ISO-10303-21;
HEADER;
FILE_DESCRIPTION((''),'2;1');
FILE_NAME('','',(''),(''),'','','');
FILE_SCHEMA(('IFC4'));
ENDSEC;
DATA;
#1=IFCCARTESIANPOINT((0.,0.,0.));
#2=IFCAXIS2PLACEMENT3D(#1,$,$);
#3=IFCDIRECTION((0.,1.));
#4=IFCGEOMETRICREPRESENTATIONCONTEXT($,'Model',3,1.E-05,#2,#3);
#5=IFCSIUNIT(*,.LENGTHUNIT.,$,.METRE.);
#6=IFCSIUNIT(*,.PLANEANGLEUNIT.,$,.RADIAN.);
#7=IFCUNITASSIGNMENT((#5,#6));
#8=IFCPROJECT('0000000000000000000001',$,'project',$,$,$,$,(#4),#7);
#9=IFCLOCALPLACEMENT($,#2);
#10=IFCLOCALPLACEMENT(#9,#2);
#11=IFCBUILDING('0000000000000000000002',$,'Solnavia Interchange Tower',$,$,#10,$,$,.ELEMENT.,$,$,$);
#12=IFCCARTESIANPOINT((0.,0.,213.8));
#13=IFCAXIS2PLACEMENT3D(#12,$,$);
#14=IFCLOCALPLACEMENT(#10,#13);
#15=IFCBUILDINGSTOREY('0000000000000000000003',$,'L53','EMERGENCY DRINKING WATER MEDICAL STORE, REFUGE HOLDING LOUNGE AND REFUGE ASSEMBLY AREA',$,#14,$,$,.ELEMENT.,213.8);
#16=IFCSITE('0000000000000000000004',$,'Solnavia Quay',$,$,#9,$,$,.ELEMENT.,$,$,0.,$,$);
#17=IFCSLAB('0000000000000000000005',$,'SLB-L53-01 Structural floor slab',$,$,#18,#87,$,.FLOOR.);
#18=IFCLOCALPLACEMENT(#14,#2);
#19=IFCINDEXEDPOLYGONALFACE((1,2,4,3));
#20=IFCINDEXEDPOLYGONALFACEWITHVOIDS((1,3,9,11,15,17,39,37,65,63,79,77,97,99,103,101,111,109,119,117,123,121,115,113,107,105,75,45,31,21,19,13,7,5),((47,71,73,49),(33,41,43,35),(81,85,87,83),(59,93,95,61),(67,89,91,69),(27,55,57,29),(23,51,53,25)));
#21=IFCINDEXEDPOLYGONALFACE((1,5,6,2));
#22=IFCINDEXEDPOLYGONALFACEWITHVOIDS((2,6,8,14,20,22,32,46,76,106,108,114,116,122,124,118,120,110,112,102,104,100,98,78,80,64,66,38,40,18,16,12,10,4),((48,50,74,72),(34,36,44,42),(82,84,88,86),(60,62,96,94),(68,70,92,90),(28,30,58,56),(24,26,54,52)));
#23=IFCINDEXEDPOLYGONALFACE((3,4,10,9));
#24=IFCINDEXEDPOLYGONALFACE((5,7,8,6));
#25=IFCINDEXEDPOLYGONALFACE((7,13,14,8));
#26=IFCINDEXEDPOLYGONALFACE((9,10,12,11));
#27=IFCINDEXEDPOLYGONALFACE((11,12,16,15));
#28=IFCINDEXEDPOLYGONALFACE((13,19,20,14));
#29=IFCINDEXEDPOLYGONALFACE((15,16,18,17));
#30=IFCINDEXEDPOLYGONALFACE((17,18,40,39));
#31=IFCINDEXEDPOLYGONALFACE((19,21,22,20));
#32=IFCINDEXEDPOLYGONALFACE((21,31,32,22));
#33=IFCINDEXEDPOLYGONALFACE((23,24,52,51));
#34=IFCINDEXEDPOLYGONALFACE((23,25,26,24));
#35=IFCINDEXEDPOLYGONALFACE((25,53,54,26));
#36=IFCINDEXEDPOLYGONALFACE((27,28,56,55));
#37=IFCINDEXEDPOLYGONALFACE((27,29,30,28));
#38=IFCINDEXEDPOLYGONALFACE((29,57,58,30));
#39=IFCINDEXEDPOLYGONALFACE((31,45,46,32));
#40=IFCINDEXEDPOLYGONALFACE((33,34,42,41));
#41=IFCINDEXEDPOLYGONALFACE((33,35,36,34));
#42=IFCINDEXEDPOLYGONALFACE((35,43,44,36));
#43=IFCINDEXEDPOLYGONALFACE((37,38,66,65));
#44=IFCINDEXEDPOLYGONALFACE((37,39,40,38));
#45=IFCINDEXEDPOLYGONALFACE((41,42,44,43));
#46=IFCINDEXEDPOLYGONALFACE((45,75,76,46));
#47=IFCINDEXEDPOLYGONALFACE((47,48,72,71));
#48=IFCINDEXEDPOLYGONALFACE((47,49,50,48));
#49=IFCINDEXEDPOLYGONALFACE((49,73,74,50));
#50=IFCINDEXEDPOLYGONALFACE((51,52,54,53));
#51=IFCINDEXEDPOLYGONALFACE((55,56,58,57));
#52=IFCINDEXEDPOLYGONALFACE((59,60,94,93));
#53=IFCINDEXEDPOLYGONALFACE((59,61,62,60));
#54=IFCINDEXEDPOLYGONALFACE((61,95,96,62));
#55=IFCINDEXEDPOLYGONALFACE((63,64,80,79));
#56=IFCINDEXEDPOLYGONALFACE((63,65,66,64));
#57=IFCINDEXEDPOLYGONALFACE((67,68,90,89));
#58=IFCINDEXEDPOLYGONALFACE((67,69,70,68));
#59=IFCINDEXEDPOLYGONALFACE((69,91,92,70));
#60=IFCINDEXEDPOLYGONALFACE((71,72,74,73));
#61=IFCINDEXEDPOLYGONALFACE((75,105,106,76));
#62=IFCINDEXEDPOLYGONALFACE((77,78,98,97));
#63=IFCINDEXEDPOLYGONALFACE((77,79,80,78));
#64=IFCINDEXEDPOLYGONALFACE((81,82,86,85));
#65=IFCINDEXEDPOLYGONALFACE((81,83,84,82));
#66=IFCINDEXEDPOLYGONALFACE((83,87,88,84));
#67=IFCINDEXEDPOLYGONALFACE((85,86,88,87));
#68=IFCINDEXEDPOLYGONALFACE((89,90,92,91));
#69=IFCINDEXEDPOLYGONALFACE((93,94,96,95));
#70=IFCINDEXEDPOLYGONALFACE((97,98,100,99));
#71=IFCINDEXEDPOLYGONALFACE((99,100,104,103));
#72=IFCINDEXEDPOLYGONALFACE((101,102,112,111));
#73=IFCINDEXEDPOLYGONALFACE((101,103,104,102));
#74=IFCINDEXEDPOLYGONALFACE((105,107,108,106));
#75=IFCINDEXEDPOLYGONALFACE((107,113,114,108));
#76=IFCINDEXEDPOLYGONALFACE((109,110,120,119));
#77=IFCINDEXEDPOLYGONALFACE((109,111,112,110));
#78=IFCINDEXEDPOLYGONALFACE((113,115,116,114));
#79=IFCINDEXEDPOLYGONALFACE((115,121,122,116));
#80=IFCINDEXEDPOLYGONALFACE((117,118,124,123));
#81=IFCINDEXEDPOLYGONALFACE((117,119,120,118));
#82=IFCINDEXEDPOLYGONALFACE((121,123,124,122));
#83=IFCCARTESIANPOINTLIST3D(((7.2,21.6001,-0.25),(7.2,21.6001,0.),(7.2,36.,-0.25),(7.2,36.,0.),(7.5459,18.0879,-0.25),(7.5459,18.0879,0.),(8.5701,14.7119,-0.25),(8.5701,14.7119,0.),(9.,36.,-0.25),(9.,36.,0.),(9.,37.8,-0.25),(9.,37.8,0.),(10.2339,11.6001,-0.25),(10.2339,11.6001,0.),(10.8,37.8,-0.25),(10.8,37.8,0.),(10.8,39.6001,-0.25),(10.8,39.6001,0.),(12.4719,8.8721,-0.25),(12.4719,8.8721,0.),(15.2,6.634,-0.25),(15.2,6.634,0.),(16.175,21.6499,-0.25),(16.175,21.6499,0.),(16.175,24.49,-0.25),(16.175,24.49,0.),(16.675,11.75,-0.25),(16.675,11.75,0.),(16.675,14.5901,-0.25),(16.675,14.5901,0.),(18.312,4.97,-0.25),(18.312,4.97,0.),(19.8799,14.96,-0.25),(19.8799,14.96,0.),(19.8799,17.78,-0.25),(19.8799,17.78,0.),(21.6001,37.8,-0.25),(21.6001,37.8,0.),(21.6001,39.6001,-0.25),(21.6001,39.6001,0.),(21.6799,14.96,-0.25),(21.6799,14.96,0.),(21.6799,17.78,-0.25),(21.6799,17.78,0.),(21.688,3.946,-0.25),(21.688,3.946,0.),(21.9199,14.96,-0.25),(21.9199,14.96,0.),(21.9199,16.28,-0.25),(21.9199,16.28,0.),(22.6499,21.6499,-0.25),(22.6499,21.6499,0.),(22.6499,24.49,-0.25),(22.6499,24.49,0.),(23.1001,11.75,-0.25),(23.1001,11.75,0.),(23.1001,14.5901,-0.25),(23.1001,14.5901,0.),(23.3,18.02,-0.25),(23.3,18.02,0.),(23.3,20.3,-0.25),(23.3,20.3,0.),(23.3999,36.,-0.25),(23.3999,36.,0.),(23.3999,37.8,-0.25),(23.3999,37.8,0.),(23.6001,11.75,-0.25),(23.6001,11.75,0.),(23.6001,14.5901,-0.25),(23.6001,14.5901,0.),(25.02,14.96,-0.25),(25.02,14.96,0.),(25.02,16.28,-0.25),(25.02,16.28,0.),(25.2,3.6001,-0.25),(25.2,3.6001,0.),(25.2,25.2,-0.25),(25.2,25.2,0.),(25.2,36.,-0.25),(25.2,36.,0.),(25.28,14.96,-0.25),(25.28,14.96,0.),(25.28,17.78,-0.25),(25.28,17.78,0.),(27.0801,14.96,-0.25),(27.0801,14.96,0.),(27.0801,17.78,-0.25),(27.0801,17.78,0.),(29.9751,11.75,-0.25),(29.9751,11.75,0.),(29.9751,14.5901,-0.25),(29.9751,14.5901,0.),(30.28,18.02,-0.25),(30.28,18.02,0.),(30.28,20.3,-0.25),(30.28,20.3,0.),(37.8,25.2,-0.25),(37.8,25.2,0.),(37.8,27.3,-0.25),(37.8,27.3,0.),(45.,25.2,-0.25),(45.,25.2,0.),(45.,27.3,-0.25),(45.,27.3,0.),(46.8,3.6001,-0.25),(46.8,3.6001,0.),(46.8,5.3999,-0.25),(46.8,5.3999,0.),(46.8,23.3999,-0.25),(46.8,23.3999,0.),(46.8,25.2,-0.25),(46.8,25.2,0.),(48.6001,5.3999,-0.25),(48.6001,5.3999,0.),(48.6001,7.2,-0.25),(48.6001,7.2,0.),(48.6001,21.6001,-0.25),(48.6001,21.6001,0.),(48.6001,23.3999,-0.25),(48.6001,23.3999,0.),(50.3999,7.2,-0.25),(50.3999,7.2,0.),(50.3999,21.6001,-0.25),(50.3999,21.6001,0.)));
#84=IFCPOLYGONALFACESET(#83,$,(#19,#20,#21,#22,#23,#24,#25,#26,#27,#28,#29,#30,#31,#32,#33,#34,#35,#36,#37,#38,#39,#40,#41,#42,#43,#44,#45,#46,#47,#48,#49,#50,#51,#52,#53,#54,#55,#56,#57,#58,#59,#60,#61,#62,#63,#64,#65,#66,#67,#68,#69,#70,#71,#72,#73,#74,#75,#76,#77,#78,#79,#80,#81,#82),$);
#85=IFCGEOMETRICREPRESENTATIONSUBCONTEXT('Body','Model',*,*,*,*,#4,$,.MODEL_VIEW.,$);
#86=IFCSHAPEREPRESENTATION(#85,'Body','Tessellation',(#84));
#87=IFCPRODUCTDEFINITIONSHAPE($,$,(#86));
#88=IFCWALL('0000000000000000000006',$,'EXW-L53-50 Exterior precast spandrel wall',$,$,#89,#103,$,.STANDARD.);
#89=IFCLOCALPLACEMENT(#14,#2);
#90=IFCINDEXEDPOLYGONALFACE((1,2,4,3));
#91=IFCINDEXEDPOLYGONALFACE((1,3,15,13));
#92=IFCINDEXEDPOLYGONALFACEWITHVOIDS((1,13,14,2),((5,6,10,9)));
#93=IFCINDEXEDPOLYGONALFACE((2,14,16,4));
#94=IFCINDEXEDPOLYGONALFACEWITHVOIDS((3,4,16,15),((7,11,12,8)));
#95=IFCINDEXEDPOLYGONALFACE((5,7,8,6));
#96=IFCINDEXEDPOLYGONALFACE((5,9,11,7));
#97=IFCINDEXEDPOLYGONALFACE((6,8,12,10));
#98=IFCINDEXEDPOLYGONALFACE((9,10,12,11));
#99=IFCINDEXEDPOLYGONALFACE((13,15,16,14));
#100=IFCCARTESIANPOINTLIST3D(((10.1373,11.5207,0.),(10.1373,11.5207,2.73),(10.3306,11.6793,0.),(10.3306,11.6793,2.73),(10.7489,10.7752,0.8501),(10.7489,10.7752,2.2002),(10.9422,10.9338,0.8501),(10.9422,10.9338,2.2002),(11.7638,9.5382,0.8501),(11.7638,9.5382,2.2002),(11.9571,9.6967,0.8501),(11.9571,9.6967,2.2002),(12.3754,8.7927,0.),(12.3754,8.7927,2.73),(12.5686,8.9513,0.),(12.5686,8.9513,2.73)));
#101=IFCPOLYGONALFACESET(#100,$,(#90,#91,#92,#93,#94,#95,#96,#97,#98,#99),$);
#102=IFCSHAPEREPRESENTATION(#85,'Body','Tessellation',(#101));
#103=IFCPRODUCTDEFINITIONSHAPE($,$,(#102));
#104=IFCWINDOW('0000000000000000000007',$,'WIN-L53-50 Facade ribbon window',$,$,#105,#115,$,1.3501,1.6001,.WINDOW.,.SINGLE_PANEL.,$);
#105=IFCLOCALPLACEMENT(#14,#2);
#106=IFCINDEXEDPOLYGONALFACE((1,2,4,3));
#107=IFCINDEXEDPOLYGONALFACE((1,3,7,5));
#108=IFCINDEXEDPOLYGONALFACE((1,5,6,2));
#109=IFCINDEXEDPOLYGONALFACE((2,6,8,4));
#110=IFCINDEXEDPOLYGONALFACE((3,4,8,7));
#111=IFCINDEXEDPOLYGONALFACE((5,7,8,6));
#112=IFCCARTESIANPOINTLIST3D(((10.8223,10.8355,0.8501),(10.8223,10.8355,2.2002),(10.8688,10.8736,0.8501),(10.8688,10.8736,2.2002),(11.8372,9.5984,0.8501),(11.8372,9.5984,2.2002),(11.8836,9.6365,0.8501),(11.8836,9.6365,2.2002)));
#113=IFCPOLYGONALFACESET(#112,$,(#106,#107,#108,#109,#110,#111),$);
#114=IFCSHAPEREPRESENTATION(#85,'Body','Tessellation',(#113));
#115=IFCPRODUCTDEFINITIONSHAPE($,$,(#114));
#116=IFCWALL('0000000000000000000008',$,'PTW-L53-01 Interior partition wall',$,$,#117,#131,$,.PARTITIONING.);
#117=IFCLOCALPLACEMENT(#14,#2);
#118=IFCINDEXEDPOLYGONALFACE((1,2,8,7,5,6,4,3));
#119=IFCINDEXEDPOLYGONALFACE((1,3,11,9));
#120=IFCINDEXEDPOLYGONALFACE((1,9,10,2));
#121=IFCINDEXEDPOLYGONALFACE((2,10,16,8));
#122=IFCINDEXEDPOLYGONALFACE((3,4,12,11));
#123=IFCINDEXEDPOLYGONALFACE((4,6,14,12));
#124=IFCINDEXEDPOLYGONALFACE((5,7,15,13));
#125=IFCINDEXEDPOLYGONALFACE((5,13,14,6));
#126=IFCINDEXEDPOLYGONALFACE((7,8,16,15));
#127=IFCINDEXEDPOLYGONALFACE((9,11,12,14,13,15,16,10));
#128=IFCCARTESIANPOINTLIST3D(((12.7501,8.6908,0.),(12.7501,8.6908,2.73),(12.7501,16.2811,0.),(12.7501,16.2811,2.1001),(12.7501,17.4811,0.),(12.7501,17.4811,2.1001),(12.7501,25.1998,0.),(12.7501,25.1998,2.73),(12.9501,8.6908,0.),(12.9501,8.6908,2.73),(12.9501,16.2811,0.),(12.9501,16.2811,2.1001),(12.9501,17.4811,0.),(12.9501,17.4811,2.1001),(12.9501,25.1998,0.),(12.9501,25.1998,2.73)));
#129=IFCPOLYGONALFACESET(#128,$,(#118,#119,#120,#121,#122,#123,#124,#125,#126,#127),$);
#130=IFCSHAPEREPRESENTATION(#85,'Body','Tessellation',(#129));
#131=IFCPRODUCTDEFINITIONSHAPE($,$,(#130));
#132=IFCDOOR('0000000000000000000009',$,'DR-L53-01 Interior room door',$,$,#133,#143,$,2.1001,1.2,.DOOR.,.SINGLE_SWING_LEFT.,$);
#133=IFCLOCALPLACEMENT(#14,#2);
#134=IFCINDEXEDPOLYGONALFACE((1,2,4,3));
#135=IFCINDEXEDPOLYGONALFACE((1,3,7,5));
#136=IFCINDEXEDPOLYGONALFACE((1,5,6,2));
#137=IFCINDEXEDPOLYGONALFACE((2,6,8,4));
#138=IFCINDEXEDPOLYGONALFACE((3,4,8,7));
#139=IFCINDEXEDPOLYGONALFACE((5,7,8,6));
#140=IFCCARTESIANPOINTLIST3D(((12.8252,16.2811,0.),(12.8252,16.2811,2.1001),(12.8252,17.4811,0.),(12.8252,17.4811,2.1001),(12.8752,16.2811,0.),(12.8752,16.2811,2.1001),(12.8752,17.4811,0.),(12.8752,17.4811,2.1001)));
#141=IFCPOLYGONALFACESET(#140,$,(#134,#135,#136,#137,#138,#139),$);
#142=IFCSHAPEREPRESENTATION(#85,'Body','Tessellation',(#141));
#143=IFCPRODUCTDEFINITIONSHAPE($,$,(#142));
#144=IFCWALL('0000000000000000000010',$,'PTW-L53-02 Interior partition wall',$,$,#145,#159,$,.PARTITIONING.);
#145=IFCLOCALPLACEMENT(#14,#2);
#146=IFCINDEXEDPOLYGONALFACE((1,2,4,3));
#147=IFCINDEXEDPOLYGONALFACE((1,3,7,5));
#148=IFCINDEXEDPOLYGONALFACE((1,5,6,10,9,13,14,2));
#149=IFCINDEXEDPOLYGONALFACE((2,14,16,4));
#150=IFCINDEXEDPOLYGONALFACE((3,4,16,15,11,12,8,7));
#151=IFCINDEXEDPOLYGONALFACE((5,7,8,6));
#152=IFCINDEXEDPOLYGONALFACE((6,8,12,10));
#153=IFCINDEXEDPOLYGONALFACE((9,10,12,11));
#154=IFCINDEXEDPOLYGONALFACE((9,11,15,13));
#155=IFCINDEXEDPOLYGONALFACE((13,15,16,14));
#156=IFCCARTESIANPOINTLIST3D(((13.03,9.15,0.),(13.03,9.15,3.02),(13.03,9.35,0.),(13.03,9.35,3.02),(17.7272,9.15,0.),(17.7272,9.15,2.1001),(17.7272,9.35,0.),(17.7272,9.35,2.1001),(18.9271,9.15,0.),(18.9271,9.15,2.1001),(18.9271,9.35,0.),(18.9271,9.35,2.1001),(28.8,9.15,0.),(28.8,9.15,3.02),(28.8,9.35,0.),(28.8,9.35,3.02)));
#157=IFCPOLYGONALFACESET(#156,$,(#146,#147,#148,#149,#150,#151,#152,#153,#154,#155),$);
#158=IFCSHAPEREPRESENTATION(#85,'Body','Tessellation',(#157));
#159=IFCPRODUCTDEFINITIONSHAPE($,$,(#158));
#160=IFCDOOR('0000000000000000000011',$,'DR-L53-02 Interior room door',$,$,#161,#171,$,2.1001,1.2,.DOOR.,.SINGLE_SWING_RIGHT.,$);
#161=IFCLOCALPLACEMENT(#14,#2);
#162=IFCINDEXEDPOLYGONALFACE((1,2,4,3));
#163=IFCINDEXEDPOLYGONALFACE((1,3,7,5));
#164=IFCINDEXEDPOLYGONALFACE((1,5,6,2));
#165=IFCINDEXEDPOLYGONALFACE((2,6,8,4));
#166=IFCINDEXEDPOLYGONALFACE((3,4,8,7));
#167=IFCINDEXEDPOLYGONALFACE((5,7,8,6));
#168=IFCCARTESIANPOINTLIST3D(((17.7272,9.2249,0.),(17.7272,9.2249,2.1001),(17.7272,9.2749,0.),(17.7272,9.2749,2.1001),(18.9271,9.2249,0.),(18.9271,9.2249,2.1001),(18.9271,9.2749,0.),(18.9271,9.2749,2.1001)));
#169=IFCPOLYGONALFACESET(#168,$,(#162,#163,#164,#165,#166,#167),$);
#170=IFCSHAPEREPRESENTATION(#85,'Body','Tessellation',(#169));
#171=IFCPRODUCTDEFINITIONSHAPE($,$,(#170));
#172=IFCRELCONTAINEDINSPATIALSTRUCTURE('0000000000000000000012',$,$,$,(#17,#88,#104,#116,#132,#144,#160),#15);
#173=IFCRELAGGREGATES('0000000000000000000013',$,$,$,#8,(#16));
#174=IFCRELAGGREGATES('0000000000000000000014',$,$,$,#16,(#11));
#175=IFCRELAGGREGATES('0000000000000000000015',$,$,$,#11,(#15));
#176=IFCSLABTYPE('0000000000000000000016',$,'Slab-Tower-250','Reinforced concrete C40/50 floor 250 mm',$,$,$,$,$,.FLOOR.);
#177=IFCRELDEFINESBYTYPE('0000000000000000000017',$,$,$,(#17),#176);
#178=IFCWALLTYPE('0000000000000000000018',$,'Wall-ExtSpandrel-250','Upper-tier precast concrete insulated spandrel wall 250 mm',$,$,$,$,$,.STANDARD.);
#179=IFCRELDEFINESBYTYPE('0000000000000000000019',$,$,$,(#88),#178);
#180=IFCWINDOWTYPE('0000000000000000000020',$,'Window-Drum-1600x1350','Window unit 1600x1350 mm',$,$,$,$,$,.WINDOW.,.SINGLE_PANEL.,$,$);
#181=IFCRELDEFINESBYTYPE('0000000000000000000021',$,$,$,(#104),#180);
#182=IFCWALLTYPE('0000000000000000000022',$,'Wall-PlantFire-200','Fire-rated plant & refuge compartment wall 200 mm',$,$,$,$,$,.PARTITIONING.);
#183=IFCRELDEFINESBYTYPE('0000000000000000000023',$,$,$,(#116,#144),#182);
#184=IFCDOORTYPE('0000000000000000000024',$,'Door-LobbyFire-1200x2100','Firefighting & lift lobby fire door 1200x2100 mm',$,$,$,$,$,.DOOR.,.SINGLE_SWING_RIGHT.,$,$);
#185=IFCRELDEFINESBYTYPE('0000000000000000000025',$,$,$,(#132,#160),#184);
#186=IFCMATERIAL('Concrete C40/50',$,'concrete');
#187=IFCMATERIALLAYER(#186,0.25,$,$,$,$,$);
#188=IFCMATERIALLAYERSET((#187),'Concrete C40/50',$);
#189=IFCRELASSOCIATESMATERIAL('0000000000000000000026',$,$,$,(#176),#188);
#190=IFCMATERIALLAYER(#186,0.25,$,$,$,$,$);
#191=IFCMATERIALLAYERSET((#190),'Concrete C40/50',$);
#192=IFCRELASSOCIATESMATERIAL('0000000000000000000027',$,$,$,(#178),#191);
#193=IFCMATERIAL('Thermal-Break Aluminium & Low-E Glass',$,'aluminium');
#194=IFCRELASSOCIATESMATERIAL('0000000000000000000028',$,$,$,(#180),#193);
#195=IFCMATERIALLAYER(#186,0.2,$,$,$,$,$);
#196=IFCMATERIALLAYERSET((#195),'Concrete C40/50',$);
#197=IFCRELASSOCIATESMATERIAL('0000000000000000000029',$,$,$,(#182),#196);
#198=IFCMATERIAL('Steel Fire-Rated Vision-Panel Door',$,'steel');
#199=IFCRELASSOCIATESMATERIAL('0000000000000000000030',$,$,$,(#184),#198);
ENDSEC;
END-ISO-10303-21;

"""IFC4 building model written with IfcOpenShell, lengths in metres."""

from ifc_helpers import new_model, si_unit, direction, frame, frame_2d, origin, place, context, subcontext, project, spatial, polyline, rectangle, outline, extrude, material, layer, layer_set, type_object, element, fill, save


model = new_model("IFC4")

# Units and contexts
model_context = context("Model", 3, precision=1e-05, world=origin(), true_north=direction((0.0, 1.0)))
body_context = subcontext(model_context, "Body", "Model", "MODEL_VIEW")
ifc_project = project(units=[si_unit("LENGTHUNIT", "METRE"), si_unit("PLANEANGLEUNIT", "RADIAN")], contexts=[model_context])

# Site, building, storey
site_placement = place(None, origin())
site = spatial("IfcSite", under=ifc_project, at=site_placement, Name="Solnavia Quay", CompositionType="ELEMENT", RefElevation=0.0)
building_placement = place(site_placement, origin())
building = spatial("IfcBuilding", under=site, at=building_placement, Name="Solnavia Interchange Tower", CompositionType="ELEMENT")
storey_placement = place(building_placement, frame((0.0, 0.0, 213.8)))
storey = spatial("IfcBuildingStorey", under=building, at=storey_placement, Name="L53", Description="EMERGENCY DRINKING WATER MEDICAL STORE, REFUGE HOLDING LOUNGE AND REFUGE ASSEMBLY AREA", CompositionType="ELEMENT", Elevation=213.8)

# Shared definitions
ifc_material_1 = material(Name="Concrete C40/50", Category="concrete")

# Slab
ifc_layer_1 = layer(ifc_material_1, 0.25)
ifc_layer_set_1 = layer_set([ifc_layer_1], Name="Concrete C40/50")
slab_type_1 = type_object("IfcSlabType", Name="Slab-Tower-250", Description="Reinforced concrete C40/50 floor 250 mm", PredefinedType="FLOOR", material=ifc_layer_set_1)
slab_1_placement = place(storey_placement, frame((0.0, 0.0, -0.25)))
element("IfcSlab", 1, at=slab_1_placement, inside=storey, type_object=slab_type_1, Name="SLB-L53-01 Structural floor slab", PredefinedType="FLOOR", context=body_context, shape_type="SweptSolid", body=[
    extrude(outline(polyline([(25.2, 3.6001), (46.8, 3.6001), (46.8, 5.3999), (48.6001, 5.3999), (48.6001, 7.2), (50.3999, 7.2), (50.3999, 21.6001), (48.6001, 21.6001), (48.6001, 23.3999), (46.8, 23.3999), (46.8, 25.2), (45.0, 25.2), (45.0, 27.3), (37.8, 27.3), (37.8, 25.2), (25.2, 25.2), (25.2, 36.0), (23.3999, 36.0), (23.3999, 37.8), (21.6001, 37.8), (21.6001, 39.6001), (10.8, 39.6001), (10.8, 37.8), (9.0, 37.8), (9.0, 36.0), (7.2, 36.0), (7.2, 21.6001), (7.5459, 18.0879), (8.5701, 14.7119), (10.2339, 11.6001), (12.4719, 8.8721), (15.2, 6.634), (18.312, 4.97), (21.688, 3.946), (25.2, 3.6001)]), holes=[polyline([(16.675, 11.75), (23.1001, 11.75), (23.1001, 14.5901), (16.675, 14.5901), (16.675, 11.75)]), polyline([(23.6001, 11.75), (29.9751, 11.75), (29.9751, 14.5901), (23.6001, 14.5901), (23.6001, 11.75)]), polyline([(16.175, 21.6499), (22.6499, 21.6499), (22.6499, 24.49), (16.175, 24.49), (16.175, 21.6499)]), polyline([(19.8799, 14.96), (21.6799, 14.96), (21.6799, 17.78), (19.8799, 17.78), (19.8799, 14.96)]), polyline([(25.28, 14.96), (27.0801, 14.96), (27.0801, 17.78), (25.28, 17.78), (25.28, 14.96)]), polyline([(21.9199, 14.96), (25.02, 14.96), (25.02, 16.28), (21.9199, 16.28), (21.9199, 14.96)]), polyline([(23.3, 18.02), (30.28, 18.02), (30.28, 20.3), (23.3, 20.3), (23.3, 18.02)])]), origin(), (0.0, 0.0, 1.0), 0.25),
])

# Wall, opening, window
ifc_layer_2 = layer(ifc_material_1, 0.25)
ifc_layer_set_2 = layer_set([ifc_layer_2], Name="Concrete C40/50")
wall_type_1 = type_object("IfcWallType", Name="Wall-ExtSpandrel-250", Description="Upper-tier precast concrete insulated spandrel wall 250 mm", PredefinedType="STANDARD", material=ifc_layer_set_2)
wall_1_placement = place(storey_placement, frame((12.4719, 8.8721, 0.0), z_axis=(0.0, 0.0, 1.0), x_axis=(-0.634258, 0.773121, 0.0)))
wall_1 = element("IfcWall", 2, at=wall_1_placement, inside=storey, type_object=wall_type_1, Name="EXW-L53-50 Exterior precast spandrel wall", PredefinedType="STANDARD", context=body_context, shape_type="SweptSolid", body=[
    extrude(rectangle(XDim=3.5286, YDim=0.25, at=frame_2d((1.7642, 0.0))), origin(), (0.0, 0.0, 1.0), 2.73),
])
opening_1_placement = place(wall_1_placement, frame((0.9641, 0.0, 0.8501)))
opening_1 = element("IfcOpeningElement", 3, at=opening_1_placement, cuts=wall_1, PredefinedType="OPENING", context=body_context, shape_type="SweptSolid", body=[
    extrude(rectangle(XDim=1.6001, YDim=1.3501, at=frame_2d((0.8, 0.675))), frame((0.0, 0.135, 0.0), z_axis=(0.0, -1.0, 0.0), x_axis=(1.0, 0.0, 0.0)), (0.0, 0.0, 1.0), 0.27),
])
ifc_material_2 = material(Name="Thermal-Break Aluminium & Low-E Glass", Category="aluminium")
window_type = type_object("IfcWindowType", Name="Window-Drum-1600x1350", Description="Window unit 1600x1350 mm", PartitioningType="SINGLE_PANEL", PredefinedType="WINDOW", material=ifc_material_2)
window_placement = place(opening_1_placement, origin())
window = element("IfcWindow", 4, at=window_placement, inside=storey, type_object=window_type, Name="WIN-L53-50 Facade ribbon window", OverallHeight=1.3501, OverallWidth=1.6001, PartitioningType="SINGLE_PANEL", PredefinedType="WINDOW", context=body_context, shape_type="SweptSolid", body=[
    extrude(rectangle(XDim=1.6001, YDim=1.3501, at=frame_2d((0.8, 0.675))), frame((0.0, 0.03, 0.0), z_axis=(0.0, -1.0, 0.0), x_axis=(1.0, 0.0, 0.0)), (0.0, 0.0, 1.0), 0.0601),
])
fill(opening_1, window)

# Walls, openings, doors
ifc_layer_3 = layer(ifc_material_1, 0.2)
ifc_layer_set_3 = layer_set([ifc_layer_3], Name="Concrete C40/50")
wall_type_2 = type_object("IfcWallType", Name="Wall-PlantFire-200", Description="Fire-rated plant & refuge compartment wall 200 mm", PredefinedType="PARTITIONING", material=ifc_layer_set_3)
wall_2_placement = place(storey_placement, frame((12.8501, 8.6909, 0.0), z_axis=(0.0, 0.0, 1.0), x_axis=(0.0, 1.0, 0.0)))
wall_2 = element("IfcWall", 5, at=wall_2_placement, inside=storey, type_object=wall_type_2, Name="PTW-L53-01 Interior partition wall", PredefinedType="PARTITIONING", context=body_context, shape_type="SweptSolid", body=[
    extrude(rectangle(XDim=16.509, YDim=0.2, at=frame_2d((8.2544, 0.0))), origin(), (0.0, 0.0, 1.0), 2.73),
])
opening_2_placement = place(wall_2_placement, frame((7.5901, 0.0, 0.0)))
opening_2 = element("IfcOpeningElement", 6, at=opening_2_placement, cuts=wall_2, PredefinedType="OPENING", context=body_context, shape_type="SweptSolid", body=[
    extrude(rectangle(XDim=1.2, YDim=2.1001, at=frame_2d((0.6001, 1.05))), frame((0.0, 0.1099, 0.0), z_axis=(0.0, -1.0, 0.0), x_axis=(1.0, 0.0, 0.0)), (0.0, 0.0, 1.0), 0.22),
])
ifc_material_3 = material(Name="Steel Fire-Rated Vision-Panel Door", Category="steel")
door_type_1 = type_object("IfcDoorType", Name="Door-LobbyFire-1200x2100", Description="Firefighting & lift lobby fire door 1200x2100 mm", OperationType="SINGLE_SWING_RIGHT", PredefinedType="DOOR", material=ifc_material_3)
door_1_placement = place(opening_2_placement, origin())
door_1 = element("IfcDoor", 7, at=door_1_placement, inside=storey, type_object=door_type_1, Name="DR-L53-01 Interior room door", OperationType="SINGLE_SWING_LEFT", OverallHeight=2.1001, OverallWidth=1.2, PredefinedType="DOOR", context=body_context, shape_type="SweptSolid", body=[
    extrude(rectangle(XDim=1.2, YDim=2.1001, at=frame_2d((0.6001, 1.05))), frame((0.0, 0.0249, 0.0), z_axis=(0.0, -1.0, 0.0), x_axis=(1.0, 0.0, 0.0)), (0.0, 0.0, 1.0), 0.05),
])
fill(opening_2, door_1)
wall_3_placement = place(storey_placement, frame((13.03, 9.25, 0.0), z_axis=(0.0, 0.0, 1.0), x_axis=(1.0, 0.0, 0.0)))
wall_3 = element("IfcWall", 8, at=wall_3_placement, inside=storey, type_object=wall_type_2, Name="PTW-L53-02 Interior partition wall", PredefinedType="PARTITIONING", context=body_context, shape_type="SweptSolid", body=[
    extrude(rectangle(XDim=15.77, YDim=0.2, at=frame_2d((7.885, 0.0))), origin(), (0.0, 0.0, 1.0), 3.02),
])
opening_3_placement = place(wall_3_placement, frame((4.697, 0.0, 0.0)))
opening_3 = element("IfcOpeningElement", 9, at=opening_3_placement, cuts=wall_3, PredefinedType="OPENING", context=body_context, shape_type="SweptSolid", body=[
    extrude(rectangle(XDim=1.2, YDim=2.1001, at=frame_2d((0.6001, 1.05))), frame((0.0, 0.1099, 0.0), z_axis=(0.0, -1.0, 0.0), x_axis=(1.0, 0.0, 0.0)), (0.0, 0.0, 1.0), 0.22),
])
door_2_placement = place(opening_3_placement, origin())
door_2 = element("IfcDoor", 10, at=door_2_placement, inside=storey, type_object=door_type_1, Name="DR-L53-02 Interior room door", OperationType="SINGLE_SWING_RIGHT", OverallHeight=2.1001, OverallWidth=1.2, PredefinedType="DOOR", context=body_context, shape_type="SweptSolid", body=[
    extrude(rectangle(XDim=1.2, YDim=2.1001, at=frame_2d((0.6001, 1.05))), frame((0.0, 0.0249, 0.0), z_axis=(0.0, -1.0, 0.0), x_axis=(1.0, 0.0, 0.0)), (0.0, 0.0, 1.0), 0.05),
])
fill(opening_3, door_2)

save(model, "model.ifc")
